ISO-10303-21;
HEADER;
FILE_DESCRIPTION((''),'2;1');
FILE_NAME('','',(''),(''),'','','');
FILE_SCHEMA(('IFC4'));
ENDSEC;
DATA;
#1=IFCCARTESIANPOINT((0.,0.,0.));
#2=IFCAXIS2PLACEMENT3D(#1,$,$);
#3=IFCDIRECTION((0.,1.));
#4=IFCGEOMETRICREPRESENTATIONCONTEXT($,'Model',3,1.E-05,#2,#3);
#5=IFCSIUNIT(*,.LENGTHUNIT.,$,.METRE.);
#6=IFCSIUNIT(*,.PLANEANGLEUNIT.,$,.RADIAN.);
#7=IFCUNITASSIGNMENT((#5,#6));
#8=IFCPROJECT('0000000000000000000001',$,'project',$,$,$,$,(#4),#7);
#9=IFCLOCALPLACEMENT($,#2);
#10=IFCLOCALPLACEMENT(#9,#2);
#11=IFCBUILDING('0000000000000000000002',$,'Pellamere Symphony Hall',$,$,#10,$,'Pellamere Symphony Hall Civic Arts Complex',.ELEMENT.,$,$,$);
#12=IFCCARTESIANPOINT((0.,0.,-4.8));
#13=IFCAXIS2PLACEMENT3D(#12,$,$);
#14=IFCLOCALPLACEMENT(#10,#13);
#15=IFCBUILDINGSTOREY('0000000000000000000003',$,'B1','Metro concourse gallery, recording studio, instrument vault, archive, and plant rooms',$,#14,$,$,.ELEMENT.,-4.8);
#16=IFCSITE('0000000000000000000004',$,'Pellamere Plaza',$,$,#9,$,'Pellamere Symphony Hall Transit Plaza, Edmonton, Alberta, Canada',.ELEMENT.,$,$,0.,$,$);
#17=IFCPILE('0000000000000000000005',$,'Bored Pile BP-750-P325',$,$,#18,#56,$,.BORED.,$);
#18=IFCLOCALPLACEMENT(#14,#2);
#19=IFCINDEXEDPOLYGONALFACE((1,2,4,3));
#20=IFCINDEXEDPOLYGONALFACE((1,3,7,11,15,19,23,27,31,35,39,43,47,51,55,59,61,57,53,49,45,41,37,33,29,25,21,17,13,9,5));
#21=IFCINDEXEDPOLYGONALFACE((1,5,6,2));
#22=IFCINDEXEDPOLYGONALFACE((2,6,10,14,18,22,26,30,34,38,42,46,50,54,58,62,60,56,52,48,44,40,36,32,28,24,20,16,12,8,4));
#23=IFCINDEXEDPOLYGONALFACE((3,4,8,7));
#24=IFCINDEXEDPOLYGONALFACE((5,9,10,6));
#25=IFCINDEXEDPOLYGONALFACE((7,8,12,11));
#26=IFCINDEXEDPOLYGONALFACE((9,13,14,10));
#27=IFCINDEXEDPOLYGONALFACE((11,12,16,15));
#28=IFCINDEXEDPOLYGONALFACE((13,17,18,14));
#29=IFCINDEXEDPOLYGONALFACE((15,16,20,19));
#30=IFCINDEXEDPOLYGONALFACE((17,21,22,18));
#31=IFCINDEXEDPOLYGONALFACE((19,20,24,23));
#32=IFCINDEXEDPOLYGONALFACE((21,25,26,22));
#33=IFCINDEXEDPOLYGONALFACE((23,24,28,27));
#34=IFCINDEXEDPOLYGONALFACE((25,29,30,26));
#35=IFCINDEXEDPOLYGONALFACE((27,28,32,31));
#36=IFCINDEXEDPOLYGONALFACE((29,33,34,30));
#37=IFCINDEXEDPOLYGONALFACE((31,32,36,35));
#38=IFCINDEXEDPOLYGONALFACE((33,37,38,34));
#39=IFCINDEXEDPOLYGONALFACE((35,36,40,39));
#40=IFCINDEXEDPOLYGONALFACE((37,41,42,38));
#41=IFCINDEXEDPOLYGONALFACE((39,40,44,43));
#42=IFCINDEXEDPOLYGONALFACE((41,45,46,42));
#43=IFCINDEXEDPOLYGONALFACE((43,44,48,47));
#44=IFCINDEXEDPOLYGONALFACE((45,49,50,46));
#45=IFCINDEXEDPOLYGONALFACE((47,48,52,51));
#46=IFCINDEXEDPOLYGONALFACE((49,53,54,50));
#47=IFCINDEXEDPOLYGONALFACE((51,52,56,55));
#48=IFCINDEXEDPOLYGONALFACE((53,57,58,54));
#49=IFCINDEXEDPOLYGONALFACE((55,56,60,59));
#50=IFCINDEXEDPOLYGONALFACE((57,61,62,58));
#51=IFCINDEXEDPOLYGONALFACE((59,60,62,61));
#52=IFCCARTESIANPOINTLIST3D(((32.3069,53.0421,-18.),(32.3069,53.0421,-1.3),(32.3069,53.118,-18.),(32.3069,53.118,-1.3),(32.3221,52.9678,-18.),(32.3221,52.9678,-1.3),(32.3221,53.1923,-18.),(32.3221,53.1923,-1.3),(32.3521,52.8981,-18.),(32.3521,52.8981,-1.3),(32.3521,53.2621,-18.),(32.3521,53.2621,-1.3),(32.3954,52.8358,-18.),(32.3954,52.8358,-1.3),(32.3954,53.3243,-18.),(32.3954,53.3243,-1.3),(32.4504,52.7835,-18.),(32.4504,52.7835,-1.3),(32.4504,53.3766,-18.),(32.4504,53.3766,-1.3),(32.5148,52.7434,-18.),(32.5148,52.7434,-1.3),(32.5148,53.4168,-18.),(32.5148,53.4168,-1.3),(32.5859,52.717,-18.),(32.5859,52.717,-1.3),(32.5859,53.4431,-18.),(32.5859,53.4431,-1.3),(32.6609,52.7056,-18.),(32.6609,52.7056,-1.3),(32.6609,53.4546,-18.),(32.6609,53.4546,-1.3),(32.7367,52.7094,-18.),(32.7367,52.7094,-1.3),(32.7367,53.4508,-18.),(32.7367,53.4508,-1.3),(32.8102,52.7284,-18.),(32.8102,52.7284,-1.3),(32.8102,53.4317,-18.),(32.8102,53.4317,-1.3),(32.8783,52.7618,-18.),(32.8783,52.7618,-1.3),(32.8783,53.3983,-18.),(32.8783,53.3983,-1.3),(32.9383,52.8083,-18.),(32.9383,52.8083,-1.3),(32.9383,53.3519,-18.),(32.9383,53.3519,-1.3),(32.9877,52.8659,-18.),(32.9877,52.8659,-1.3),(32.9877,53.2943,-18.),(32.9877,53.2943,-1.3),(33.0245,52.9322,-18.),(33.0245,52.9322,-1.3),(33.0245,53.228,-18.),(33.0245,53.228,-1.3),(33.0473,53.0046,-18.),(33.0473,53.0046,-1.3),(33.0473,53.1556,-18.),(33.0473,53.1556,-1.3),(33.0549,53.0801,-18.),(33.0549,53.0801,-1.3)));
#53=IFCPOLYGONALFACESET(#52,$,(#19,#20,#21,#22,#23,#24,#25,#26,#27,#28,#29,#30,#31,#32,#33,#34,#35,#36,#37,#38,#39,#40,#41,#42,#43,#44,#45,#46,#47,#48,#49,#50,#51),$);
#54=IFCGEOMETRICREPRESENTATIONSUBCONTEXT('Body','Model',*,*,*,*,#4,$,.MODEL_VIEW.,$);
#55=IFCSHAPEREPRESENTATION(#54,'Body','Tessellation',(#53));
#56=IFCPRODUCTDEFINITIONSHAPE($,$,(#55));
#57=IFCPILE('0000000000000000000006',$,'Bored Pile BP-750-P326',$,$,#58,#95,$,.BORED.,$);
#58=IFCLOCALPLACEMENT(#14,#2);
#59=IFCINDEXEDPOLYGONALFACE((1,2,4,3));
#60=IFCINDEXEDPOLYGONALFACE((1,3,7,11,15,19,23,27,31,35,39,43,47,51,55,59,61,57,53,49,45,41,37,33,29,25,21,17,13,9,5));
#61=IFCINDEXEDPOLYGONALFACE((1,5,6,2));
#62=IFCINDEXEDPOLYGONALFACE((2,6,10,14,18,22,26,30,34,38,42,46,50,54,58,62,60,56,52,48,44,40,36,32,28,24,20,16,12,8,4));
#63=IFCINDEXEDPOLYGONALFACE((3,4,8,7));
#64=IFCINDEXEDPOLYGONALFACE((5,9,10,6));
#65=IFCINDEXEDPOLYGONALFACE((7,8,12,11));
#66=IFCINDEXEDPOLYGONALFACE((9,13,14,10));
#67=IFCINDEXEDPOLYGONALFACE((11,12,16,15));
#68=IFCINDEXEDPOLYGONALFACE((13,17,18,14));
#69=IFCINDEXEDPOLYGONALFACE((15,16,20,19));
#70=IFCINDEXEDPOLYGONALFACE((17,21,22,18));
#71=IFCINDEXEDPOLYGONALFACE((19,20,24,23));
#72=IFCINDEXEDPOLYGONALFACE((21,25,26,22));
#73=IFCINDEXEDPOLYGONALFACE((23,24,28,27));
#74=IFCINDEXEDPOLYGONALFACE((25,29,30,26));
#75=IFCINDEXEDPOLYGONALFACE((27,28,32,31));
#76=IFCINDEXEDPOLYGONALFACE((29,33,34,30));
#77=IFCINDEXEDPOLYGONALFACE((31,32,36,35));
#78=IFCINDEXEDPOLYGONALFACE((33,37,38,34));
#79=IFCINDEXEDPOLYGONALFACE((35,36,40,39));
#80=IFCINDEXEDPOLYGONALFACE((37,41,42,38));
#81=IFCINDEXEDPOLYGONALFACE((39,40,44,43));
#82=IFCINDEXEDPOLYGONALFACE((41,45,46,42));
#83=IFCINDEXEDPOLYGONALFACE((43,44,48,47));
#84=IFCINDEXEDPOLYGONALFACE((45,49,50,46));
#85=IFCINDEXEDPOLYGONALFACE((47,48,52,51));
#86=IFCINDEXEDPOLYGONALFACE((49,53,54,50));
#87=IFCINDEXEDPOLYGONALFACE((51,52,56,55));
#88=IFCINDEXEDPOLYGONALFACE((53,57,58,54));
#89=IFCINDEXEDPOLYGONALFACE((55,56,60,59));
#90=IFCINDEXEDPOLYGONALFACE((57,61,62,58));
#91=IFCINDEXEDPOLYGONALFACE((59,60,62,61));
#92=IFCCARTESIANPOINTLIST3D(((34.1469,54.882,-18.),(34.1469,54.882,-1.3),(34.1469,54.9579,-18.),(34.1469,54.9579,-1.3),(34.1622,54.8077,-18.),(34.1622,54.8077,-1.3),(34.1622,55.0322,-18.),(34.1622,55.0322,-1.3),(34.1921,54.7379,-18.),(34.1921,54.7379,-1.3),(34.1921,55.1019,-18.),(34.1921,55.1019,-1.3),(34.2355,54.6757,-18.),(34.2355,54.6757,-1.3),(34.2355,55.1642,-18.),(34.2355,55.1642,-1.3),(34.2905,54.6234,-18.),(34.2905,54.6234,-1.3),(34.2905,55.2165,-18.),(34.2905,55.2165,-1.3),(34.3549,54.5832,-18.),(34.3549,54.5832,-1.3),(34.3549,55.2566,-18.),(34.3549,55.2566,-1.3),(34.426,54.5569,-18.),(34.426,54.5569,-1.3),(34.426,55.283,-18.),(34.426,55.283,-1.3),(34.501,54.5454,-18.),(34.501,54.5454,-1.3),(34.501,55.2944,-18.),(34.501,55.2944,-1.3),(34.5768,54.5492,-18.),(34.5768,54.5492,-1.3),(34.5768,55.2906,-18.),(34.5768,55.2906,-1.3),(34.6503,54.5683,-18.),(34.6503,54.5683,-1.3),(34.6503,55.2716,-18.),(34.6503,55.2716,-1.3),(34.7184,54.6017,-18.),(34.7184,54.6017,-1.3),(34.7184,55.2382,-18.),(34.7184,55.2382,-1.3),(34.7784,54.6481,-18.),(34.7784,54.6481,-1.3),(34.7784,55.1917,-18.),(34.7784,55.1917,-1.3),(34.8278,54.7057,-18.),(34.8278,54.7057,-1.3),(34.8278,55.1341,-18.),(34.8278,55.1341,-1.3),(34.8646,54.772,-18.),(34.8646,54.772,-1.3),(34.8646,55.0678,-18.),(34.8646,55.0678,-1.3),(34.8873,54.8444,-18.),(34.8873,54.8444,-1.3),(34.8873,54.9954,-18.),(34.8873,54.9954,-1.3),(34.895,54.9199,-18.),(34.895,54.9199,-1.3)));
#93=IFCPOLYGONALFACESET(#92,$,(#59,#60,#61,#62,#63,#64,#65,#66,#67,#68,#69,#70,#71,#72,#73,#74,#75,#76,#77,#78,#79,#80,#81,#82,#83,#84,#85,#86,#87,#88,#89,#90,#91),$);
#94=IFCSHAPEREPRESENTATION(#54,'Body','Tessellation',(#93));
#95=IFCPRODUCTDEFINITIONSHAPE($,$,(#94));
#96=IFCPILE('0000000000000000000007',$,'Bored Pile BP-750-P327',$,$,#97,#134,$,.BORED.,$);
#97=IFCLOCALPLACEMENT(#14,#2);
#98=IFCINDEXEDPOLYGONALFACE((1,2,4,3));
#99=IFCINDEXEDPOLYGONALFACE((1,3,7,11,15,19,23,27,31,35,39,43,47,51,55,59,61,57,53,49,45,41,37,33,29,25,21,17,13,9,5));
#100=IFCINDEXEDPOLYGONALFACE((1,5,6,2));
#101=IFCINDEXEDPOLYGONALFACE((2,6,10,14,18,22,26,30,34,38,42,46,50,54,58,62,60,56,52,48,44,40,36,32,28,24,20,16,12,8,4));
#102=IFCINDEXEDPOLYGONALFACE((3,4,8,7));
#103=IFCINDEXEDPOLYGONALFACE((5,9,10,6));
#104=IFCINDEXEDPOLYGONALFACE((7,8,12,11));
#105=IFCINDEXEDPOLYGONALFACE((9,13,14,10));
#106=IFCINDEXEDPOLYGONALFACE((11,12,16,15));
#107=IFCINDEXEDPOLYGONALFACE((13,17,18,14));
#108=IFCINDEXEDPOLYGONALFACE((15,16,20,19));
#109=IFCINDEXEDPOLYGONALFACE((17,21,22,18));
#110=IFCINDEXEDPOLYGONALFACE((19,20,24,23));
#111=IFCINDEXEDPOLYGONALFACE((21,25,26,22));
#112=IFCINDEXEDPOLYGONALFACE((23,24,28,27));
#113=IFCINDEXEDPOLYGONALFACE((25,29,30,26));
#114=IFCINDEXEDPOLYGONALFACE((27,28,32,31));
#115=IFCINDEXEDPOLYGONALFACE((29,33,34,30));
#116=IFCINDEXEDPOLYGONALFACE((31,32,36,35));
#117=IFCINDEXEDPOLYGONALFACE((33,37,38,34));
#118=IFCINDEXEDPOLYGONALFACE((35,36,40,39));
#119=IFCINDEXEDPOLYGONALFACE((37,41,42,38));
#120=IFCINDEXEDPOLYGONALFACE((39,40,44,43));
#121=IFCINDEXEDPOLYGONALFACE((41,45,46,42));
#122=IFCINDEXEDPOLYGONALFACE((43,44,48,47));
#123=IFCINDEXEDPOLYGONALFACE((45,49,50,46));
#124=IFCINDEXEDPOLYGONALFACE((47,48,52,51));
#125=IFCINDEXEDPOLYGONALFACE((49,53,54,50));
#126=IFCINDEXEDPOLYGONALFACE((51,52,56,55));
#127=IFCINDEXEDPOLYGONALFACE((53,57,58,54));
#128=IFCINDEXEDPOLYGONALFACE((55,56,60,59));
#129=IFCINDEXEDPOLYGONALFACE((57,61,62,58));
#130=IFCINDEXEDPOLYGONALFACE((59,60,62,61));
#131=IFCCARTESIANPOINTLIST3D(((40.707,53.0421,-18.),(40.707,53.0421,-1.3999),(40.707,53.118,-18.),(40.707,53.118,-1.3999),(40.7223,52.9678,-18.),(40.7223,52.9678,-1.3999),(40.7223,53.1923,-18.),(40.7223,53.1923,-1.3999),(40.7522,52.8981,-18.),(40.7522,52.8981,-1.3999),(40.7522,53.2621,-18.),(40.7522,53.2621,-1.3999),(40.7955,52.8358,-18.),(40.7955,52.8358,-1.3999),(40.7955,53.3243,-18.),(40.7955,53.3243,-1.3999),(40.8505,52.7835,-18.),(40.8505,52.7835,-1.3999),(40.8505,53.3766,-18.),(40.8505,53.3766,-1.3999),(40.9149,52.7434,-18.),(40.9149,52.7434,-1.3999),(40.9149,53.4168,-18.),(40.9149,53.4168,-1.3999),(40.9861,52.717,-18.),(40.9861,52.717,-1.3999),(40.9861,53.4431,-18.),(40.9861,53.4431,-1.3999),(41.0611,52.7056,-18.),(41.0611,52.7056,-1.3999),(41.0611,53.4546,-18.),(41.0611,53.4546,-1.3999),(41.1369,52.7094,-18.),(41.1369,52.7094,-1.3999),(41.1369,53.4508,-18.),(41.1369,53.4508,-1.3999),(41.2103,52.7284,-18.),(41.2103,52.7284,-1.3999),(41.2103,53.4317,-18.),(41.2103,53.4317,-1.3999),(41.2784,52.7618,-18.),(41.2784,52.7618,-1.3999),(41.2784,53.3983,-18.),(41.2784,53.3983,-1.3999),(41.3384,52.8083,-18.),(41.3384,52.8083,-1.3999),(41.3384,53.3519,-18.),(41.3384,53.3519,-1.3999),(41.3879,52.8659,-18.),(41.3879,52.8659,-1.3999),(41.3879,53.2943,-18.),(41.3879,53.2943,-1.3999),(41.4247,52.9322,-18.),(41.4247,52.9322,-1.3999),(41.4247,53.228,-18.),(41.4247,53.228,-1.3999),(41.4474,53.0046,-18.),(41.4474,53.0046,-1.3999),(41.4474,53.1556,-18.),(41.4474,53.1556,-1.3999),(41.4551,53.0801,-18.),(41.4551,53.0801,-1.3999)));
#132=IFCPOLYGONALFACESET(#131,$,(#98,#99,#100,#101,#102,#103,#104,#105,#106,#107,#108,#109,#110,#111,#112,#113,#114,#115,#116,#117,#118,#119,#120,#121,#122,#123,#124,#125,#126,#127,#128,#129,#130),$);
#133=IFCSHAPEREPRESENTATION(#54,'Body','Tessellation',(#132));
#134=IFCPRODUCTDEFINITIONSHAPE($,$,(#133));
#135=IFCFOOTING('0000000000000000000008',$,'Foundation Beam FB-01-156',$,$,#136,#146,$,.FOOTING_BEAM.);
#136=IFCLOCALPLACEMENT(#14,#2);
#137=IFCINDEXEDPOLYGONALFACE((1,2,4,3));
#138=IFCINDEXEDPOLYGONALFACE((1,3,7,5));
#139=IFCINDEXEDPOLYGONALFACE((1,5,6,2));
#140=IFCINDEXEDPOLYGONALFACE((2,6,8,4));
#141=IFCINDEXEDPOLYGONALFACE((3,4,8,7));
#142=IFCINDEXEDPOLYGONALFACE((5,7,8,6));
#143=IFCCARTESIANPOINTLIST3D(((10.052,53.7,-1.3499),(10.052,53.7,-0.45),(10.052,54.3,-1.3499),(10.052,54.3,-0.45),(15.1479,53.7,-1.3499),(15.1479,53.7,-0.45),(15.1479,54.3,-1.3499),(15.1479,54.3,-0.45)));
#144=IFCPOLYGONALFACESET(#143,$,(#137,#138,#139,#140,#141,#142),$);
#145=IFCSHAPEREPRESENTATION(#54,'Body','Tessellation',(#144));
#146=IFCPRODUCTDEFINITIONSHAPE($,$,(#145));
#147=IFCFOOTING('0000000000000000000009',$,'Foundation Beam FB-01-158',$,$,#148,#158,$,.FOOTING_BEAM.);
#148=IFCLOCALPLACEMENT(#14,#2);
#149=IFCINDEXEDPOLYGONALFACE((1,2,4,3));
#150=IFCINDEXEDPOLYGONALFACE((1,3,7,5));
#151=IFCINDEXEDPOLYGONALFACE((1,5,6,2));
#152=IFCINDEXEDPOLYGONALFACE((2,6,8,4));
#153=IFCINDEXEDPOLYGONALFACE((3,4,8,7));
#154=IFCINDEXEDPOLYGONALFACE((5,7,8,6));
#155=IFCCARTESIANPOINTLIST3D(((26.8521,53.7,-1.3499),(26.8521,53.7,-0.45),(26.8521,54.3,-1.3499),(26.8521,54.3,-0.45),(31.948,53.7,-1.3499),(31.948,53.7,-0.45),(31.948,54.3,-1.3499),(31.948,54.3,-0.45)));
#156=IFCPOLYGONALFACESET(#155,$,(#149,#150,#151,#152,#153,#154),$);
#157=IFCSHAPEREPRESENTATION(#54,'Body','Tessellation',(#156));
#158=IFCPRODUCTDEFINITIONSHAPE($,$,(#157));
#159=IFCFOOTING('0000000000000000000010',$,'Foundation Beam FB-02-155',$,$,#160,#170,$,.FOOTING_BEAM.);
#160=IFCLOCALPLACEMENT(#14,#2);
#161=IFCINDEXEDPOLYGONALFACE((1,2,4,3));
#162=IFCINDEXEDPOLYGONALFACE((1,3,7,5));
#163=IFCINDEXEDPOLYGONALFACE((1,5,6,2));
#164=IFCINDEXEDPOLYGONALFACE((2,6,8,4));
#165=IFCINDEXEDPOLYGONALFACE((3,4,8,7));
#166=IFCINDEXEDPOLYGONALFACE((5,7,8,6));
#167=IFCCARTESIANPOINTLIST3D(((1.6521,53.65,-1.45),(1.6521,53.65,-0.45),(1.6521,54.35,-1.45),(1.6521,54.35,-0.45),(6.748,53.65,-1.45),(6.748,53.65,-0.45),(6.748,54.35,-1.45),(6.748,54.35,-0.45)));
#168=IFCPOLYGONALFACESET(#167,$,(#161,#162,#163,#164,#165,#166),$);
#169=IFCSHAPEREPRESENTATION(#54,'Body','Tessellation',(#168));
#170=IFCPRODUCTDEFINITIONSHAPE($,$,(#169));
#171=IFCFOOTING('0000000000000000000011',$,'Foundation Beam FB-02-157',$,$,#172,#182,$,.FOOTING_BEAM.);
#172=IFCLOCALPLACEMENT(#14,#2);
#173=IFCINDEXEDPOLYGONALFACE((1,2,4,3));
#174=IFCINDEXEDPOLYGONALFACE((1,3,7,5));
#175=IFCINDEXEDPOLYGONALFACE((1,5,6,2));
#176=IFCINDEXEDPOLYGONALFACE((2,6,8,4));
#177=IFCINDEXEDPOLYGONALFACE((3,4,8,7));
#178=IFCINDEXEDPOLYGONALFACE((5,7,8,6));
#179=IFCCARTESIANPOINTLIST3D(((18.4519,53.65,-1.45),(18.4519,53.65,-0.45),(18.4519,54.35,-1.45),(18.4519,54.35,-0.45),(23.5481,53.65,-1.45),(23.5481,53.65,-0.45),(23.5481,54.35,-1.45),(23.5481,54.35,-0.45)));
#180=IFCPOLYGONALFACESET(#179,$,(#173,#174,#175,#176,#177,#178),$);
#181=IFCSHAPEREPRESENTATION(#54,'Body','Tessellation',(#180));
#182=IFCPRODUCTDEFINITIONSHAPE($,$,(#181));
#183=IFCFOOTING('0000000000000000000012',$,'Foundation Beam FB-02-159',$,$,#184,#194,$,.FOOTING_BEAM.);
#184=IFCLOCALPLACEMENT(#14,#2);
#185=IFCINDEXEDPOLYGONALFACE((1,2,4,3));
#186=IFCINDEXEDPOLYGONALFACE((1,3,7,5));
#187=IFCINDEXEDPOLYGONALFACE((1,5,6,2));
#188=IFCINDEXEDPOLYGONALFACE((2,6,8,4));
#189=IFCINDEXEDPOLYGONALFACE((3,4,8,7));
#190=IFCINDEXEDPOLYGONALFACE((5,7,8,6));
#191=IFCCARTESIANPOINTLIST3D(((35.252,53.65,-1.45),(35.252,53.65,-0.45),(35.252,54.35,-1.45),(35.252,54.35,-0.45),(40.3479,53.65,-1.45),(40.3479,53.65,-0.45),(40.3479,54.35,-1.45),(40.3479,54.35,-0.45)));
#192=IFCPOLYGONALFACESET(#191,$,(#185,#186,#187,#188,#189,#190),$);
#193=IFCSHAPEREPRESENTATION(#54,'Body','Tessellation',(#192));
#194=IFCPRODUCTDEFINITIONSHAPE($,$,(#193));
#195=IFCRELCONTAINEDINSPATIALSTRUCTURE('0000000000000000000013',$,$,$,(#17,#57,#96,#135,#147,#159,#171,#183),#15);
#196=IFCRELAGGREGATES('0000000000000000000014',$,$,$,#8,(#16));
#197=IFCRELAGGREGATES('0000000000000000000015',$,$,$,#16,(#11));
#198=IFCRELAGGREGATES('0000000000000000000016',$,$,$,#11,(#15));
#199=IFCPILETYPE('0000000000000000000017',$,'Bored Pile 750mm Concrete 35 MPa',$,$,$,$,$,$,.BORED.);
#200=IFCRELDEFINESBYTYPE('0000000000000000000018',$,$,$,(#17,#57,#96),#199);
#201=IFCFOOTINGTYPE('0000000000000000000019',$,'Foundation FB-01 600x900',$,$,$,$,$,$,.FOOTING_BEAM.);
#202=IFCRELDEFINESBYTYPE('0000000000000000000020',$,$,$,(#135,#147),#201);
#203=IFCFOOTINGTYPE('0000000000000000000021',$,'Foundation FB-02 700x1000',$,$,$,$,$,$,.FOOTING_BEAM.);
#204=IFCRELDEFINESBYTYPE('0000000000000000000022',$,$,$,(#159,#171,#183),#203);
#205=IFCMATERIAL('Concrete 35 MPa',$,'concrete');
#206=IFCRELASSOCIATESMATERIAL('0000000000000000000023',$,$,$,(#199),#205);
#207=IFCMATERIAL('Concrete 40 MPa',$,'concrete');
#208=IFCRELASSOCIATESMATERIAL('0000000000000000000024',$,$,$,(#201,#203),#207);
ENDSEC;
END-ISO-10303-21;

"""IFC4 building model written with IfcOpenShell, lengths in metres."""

from ifc_helpers import new_model, si_unit, direction, frame, origin, origin_2d, place, context, subcontext, project, spatial, rectangle, circle, extrude, material, material_profile, profile_set, type_object, element, save


model = new_model("IFC4")

# Units and contexts
model_context = context("Model", 3, precision=1e-05, world=origin(), true_north=direction((0.0, 1.0)))
body_context = subcontext(model_context, "Body", "Model", "MODEL_VIEW")
ifc_project = project(units=[si_unit("LENGTHUNIT", "METRE"), si_unit("PLANEANGLEUNIT", "RADIAN")], contexts=[model_context])

# Site, building, storey
site_placement = place(None, origin())
site = spatial("IfcSite", under=ifc_project, at=site_placement, Name="Pellamere Plaza", LongName="Pellamere Symphony Hall Transit Plaza, Edmonton, Alberta, Canada", CompositionType="ELEMENT", RefElevation=0.0)
building_placement = place(site_placement, origin())
building = spatial("IfcBuilding", under=site, at=building_placement, Name="Pellamere Symphony Hall", LongName="Pellamere Symphony Hall Civic Arts Complex", CompositionType="ELEMENT")
storey_placement = place(building_placement, frame((0.0, 0.0, -4.8)))
storey = spatial("IfcBuildingStorey", under=building, at=storey_placement, Name="B1", Description="Metro concourse gallery, recording studio, instrument vault, archive, and plant rooms", CompositionType="ELEMENT", Elevation=-4.8)

# Piles
ifc_material_1 = material(Name="Concrete 35 MPa", Category="concrete")
ifc_material_profile_1 = material_profile(ifc_material_1, circle(Radius=0.375, at=origin_2d()), Name="PILE D750")
ifc_profile_set_1 = profile_set([ifc_material_profile_1], Name="Concrete 35 MPa")
pile_type = type_object("IfcPileType", Name="Bored Pile 750mm Concrete 35 MPa", PredefinedType="BORED", material=ifc_profile_set_1)
for number, where, z_axis, x_axis, name in (
    (1, (32.6799, 53.0801, -1.3), (0.0, 0.0, -1.0), (1.0, 0.0, 0.0), "Bored Pile BP-750-P325"),
    (2, (34.52, 54.9199, -1.3), (0.0, 0.0, -1.0), (1.0, 0.0, 0.0), "Bored Pile BP-750-P326"),
):
    element("IfcPile", number, at=place(storey_placement, frame(where, z_axis=z_axis, x_axis=x_axis)), inside=storey, type_object=pile_type, Name=name, PredefinedType="BORED", context=body_context, shape_type="SweptSolid", body=[
        extrude(circle(Radius=0.375, at=origin_2d()), origin(), (0.0, 0.0, 1.0), 16.7),
    ])
pile_placement = place(storey_placement, frame((41.0801, 53.0801, -1.3999), z_axis=(0.0, 0.0, -1.0), x_axis=(1.0, 0.0, 0.0)))
element("IfcPile", 3, at=pile_placement, inside=storey, type_object=pile_type, Name="Bored Pile BP-750-P327", PredefinedType="BORED", context=body_context, shape_type="SweptSolid", body=[
    extrude(circle(Radius=0.375, at=origin_2d()), origin(), (0.0, 0.0, 1.0), 16.6001),
])

# Footings
ifc_material_2 = material(Name="Concrete 40 MPa", Category="concrete")
ifc_material_profile_2 = material_profile(ifc_material_2, rectangle(XDim=0.6001, YDim=0.8999, at=origin_2d()), Name="RC 600x900")
ifc_profile_set_2 = profile_set([ifc_material_profile_2], Name="Concrete 40 MPa")
footing_type_1 = type_object("IfcFootingType", Name="Foundation FB-01 600x900", PredefinedType="FOOTING_BEAM", material=ifc_profile_set_2)
for number, where, z_axis, x_axis, name in (
    (4, (10.052, 54.0, -0.8999), (1.0, 0.0, 0.0), (0.0, 1.0, 0.0), "Foundation Beam FB-01-156"),
    (5, (26.8521, 54.0, -0.8999), (1.0, 0.0, 0.0), (0.0, 1.0, 0.0), "Foundation Beam FB-01-158"),
):
    element("IfcFooting", number, at=place(storey_placement, frame(where, z_axis=z_axis, x_axis=x_axis)), inside=storey, type_object=footing_type_1, Name=name, PredefinedType="FOOTING_BEAM", context=body_context, shape_type="SweptSolid", body=[
        extrude(rectangle(XDim=0.6001, YDim=0.8999, at=origin_2d()), origin(), (0.0, 0.0, 1.0), 5.0959),
    ])
ifc_material_profile_3 = material_profile(ifc_material_2, rectangle(XDim=0.7, YDim=1.0, at=origin_2d()), Name="RC 700x1000")
ifc_profile_set_3 = profile_set([ifc_material_profile_3], Name="Concrete 40 MPa")
footing_type_2 = type_object("IfcFootingType", Name="Foundation FB-02 700x1000", PredefinedType="FOOTING_BEAM", material=ifc_profile_set_3)
footing_1_placement = place(storey_placement, frame((1.6521, 54.0, -0.95), z_axis=(1.0, 0.0, 0.0), x_axis=(0.0, 1.0, 0.0)))
element("IfcFooting", 6, at=footing_1_placement, inside=storey, type_object=footing_type_2, Name="Foundation Beam FB-02-155", PredefinedType="FOOTING_BEAM", context=body_context, shape_type="SweptSolid", body=[
    extrude(rectangle(XDim=0.7, YDim=1.0, at=origin_2d()), origin(), (0.0, 0.0, 1.0), 5.0959),
])
footing_2_placement = place(storey_placement, frame((18.4519, 54.0, -0.95), z_axis=(1.0, 0.0, 0.0), x_axis=(0.0, 1.0, 0.0)))
element("IfcFooting", 7, at=footing_2_placement, inside=storey, type_object=footing_type_2, Name="Foundation Beam FB-02-157", PredefinedType="FOOTING_BEAM", context=body_context, shape_type="SweptSolid", body=[
    extrude(rectangle(XDim=0.7, YDim=1.0, at=origin_2d()), origin(), (0.0, 0.0, 1.0), 5.0962),
])
footing_3_placement = place(storey_placement, frame((35.252, 54.0, -0.95), z_axis=(1.0, 0.0, 0.0), x_axis=(0.0, 1.0, 0.0)))
element("IfcFooting", 8, at=footing_3_placement, inside=storey, type_object=footing_type_2, Name="Foundation Beam FB-02-159", PredefinedType="FOOTING_BEAM", context=body_context, shape_type="SweptSolid", body=[
    extrude(rectangle(XDim=0.7, YDim=1.0, at=origin_2d()), origin(), (0.0, 0.0, 1.0), 5.0959),
])

save(model, "model.ifc")
